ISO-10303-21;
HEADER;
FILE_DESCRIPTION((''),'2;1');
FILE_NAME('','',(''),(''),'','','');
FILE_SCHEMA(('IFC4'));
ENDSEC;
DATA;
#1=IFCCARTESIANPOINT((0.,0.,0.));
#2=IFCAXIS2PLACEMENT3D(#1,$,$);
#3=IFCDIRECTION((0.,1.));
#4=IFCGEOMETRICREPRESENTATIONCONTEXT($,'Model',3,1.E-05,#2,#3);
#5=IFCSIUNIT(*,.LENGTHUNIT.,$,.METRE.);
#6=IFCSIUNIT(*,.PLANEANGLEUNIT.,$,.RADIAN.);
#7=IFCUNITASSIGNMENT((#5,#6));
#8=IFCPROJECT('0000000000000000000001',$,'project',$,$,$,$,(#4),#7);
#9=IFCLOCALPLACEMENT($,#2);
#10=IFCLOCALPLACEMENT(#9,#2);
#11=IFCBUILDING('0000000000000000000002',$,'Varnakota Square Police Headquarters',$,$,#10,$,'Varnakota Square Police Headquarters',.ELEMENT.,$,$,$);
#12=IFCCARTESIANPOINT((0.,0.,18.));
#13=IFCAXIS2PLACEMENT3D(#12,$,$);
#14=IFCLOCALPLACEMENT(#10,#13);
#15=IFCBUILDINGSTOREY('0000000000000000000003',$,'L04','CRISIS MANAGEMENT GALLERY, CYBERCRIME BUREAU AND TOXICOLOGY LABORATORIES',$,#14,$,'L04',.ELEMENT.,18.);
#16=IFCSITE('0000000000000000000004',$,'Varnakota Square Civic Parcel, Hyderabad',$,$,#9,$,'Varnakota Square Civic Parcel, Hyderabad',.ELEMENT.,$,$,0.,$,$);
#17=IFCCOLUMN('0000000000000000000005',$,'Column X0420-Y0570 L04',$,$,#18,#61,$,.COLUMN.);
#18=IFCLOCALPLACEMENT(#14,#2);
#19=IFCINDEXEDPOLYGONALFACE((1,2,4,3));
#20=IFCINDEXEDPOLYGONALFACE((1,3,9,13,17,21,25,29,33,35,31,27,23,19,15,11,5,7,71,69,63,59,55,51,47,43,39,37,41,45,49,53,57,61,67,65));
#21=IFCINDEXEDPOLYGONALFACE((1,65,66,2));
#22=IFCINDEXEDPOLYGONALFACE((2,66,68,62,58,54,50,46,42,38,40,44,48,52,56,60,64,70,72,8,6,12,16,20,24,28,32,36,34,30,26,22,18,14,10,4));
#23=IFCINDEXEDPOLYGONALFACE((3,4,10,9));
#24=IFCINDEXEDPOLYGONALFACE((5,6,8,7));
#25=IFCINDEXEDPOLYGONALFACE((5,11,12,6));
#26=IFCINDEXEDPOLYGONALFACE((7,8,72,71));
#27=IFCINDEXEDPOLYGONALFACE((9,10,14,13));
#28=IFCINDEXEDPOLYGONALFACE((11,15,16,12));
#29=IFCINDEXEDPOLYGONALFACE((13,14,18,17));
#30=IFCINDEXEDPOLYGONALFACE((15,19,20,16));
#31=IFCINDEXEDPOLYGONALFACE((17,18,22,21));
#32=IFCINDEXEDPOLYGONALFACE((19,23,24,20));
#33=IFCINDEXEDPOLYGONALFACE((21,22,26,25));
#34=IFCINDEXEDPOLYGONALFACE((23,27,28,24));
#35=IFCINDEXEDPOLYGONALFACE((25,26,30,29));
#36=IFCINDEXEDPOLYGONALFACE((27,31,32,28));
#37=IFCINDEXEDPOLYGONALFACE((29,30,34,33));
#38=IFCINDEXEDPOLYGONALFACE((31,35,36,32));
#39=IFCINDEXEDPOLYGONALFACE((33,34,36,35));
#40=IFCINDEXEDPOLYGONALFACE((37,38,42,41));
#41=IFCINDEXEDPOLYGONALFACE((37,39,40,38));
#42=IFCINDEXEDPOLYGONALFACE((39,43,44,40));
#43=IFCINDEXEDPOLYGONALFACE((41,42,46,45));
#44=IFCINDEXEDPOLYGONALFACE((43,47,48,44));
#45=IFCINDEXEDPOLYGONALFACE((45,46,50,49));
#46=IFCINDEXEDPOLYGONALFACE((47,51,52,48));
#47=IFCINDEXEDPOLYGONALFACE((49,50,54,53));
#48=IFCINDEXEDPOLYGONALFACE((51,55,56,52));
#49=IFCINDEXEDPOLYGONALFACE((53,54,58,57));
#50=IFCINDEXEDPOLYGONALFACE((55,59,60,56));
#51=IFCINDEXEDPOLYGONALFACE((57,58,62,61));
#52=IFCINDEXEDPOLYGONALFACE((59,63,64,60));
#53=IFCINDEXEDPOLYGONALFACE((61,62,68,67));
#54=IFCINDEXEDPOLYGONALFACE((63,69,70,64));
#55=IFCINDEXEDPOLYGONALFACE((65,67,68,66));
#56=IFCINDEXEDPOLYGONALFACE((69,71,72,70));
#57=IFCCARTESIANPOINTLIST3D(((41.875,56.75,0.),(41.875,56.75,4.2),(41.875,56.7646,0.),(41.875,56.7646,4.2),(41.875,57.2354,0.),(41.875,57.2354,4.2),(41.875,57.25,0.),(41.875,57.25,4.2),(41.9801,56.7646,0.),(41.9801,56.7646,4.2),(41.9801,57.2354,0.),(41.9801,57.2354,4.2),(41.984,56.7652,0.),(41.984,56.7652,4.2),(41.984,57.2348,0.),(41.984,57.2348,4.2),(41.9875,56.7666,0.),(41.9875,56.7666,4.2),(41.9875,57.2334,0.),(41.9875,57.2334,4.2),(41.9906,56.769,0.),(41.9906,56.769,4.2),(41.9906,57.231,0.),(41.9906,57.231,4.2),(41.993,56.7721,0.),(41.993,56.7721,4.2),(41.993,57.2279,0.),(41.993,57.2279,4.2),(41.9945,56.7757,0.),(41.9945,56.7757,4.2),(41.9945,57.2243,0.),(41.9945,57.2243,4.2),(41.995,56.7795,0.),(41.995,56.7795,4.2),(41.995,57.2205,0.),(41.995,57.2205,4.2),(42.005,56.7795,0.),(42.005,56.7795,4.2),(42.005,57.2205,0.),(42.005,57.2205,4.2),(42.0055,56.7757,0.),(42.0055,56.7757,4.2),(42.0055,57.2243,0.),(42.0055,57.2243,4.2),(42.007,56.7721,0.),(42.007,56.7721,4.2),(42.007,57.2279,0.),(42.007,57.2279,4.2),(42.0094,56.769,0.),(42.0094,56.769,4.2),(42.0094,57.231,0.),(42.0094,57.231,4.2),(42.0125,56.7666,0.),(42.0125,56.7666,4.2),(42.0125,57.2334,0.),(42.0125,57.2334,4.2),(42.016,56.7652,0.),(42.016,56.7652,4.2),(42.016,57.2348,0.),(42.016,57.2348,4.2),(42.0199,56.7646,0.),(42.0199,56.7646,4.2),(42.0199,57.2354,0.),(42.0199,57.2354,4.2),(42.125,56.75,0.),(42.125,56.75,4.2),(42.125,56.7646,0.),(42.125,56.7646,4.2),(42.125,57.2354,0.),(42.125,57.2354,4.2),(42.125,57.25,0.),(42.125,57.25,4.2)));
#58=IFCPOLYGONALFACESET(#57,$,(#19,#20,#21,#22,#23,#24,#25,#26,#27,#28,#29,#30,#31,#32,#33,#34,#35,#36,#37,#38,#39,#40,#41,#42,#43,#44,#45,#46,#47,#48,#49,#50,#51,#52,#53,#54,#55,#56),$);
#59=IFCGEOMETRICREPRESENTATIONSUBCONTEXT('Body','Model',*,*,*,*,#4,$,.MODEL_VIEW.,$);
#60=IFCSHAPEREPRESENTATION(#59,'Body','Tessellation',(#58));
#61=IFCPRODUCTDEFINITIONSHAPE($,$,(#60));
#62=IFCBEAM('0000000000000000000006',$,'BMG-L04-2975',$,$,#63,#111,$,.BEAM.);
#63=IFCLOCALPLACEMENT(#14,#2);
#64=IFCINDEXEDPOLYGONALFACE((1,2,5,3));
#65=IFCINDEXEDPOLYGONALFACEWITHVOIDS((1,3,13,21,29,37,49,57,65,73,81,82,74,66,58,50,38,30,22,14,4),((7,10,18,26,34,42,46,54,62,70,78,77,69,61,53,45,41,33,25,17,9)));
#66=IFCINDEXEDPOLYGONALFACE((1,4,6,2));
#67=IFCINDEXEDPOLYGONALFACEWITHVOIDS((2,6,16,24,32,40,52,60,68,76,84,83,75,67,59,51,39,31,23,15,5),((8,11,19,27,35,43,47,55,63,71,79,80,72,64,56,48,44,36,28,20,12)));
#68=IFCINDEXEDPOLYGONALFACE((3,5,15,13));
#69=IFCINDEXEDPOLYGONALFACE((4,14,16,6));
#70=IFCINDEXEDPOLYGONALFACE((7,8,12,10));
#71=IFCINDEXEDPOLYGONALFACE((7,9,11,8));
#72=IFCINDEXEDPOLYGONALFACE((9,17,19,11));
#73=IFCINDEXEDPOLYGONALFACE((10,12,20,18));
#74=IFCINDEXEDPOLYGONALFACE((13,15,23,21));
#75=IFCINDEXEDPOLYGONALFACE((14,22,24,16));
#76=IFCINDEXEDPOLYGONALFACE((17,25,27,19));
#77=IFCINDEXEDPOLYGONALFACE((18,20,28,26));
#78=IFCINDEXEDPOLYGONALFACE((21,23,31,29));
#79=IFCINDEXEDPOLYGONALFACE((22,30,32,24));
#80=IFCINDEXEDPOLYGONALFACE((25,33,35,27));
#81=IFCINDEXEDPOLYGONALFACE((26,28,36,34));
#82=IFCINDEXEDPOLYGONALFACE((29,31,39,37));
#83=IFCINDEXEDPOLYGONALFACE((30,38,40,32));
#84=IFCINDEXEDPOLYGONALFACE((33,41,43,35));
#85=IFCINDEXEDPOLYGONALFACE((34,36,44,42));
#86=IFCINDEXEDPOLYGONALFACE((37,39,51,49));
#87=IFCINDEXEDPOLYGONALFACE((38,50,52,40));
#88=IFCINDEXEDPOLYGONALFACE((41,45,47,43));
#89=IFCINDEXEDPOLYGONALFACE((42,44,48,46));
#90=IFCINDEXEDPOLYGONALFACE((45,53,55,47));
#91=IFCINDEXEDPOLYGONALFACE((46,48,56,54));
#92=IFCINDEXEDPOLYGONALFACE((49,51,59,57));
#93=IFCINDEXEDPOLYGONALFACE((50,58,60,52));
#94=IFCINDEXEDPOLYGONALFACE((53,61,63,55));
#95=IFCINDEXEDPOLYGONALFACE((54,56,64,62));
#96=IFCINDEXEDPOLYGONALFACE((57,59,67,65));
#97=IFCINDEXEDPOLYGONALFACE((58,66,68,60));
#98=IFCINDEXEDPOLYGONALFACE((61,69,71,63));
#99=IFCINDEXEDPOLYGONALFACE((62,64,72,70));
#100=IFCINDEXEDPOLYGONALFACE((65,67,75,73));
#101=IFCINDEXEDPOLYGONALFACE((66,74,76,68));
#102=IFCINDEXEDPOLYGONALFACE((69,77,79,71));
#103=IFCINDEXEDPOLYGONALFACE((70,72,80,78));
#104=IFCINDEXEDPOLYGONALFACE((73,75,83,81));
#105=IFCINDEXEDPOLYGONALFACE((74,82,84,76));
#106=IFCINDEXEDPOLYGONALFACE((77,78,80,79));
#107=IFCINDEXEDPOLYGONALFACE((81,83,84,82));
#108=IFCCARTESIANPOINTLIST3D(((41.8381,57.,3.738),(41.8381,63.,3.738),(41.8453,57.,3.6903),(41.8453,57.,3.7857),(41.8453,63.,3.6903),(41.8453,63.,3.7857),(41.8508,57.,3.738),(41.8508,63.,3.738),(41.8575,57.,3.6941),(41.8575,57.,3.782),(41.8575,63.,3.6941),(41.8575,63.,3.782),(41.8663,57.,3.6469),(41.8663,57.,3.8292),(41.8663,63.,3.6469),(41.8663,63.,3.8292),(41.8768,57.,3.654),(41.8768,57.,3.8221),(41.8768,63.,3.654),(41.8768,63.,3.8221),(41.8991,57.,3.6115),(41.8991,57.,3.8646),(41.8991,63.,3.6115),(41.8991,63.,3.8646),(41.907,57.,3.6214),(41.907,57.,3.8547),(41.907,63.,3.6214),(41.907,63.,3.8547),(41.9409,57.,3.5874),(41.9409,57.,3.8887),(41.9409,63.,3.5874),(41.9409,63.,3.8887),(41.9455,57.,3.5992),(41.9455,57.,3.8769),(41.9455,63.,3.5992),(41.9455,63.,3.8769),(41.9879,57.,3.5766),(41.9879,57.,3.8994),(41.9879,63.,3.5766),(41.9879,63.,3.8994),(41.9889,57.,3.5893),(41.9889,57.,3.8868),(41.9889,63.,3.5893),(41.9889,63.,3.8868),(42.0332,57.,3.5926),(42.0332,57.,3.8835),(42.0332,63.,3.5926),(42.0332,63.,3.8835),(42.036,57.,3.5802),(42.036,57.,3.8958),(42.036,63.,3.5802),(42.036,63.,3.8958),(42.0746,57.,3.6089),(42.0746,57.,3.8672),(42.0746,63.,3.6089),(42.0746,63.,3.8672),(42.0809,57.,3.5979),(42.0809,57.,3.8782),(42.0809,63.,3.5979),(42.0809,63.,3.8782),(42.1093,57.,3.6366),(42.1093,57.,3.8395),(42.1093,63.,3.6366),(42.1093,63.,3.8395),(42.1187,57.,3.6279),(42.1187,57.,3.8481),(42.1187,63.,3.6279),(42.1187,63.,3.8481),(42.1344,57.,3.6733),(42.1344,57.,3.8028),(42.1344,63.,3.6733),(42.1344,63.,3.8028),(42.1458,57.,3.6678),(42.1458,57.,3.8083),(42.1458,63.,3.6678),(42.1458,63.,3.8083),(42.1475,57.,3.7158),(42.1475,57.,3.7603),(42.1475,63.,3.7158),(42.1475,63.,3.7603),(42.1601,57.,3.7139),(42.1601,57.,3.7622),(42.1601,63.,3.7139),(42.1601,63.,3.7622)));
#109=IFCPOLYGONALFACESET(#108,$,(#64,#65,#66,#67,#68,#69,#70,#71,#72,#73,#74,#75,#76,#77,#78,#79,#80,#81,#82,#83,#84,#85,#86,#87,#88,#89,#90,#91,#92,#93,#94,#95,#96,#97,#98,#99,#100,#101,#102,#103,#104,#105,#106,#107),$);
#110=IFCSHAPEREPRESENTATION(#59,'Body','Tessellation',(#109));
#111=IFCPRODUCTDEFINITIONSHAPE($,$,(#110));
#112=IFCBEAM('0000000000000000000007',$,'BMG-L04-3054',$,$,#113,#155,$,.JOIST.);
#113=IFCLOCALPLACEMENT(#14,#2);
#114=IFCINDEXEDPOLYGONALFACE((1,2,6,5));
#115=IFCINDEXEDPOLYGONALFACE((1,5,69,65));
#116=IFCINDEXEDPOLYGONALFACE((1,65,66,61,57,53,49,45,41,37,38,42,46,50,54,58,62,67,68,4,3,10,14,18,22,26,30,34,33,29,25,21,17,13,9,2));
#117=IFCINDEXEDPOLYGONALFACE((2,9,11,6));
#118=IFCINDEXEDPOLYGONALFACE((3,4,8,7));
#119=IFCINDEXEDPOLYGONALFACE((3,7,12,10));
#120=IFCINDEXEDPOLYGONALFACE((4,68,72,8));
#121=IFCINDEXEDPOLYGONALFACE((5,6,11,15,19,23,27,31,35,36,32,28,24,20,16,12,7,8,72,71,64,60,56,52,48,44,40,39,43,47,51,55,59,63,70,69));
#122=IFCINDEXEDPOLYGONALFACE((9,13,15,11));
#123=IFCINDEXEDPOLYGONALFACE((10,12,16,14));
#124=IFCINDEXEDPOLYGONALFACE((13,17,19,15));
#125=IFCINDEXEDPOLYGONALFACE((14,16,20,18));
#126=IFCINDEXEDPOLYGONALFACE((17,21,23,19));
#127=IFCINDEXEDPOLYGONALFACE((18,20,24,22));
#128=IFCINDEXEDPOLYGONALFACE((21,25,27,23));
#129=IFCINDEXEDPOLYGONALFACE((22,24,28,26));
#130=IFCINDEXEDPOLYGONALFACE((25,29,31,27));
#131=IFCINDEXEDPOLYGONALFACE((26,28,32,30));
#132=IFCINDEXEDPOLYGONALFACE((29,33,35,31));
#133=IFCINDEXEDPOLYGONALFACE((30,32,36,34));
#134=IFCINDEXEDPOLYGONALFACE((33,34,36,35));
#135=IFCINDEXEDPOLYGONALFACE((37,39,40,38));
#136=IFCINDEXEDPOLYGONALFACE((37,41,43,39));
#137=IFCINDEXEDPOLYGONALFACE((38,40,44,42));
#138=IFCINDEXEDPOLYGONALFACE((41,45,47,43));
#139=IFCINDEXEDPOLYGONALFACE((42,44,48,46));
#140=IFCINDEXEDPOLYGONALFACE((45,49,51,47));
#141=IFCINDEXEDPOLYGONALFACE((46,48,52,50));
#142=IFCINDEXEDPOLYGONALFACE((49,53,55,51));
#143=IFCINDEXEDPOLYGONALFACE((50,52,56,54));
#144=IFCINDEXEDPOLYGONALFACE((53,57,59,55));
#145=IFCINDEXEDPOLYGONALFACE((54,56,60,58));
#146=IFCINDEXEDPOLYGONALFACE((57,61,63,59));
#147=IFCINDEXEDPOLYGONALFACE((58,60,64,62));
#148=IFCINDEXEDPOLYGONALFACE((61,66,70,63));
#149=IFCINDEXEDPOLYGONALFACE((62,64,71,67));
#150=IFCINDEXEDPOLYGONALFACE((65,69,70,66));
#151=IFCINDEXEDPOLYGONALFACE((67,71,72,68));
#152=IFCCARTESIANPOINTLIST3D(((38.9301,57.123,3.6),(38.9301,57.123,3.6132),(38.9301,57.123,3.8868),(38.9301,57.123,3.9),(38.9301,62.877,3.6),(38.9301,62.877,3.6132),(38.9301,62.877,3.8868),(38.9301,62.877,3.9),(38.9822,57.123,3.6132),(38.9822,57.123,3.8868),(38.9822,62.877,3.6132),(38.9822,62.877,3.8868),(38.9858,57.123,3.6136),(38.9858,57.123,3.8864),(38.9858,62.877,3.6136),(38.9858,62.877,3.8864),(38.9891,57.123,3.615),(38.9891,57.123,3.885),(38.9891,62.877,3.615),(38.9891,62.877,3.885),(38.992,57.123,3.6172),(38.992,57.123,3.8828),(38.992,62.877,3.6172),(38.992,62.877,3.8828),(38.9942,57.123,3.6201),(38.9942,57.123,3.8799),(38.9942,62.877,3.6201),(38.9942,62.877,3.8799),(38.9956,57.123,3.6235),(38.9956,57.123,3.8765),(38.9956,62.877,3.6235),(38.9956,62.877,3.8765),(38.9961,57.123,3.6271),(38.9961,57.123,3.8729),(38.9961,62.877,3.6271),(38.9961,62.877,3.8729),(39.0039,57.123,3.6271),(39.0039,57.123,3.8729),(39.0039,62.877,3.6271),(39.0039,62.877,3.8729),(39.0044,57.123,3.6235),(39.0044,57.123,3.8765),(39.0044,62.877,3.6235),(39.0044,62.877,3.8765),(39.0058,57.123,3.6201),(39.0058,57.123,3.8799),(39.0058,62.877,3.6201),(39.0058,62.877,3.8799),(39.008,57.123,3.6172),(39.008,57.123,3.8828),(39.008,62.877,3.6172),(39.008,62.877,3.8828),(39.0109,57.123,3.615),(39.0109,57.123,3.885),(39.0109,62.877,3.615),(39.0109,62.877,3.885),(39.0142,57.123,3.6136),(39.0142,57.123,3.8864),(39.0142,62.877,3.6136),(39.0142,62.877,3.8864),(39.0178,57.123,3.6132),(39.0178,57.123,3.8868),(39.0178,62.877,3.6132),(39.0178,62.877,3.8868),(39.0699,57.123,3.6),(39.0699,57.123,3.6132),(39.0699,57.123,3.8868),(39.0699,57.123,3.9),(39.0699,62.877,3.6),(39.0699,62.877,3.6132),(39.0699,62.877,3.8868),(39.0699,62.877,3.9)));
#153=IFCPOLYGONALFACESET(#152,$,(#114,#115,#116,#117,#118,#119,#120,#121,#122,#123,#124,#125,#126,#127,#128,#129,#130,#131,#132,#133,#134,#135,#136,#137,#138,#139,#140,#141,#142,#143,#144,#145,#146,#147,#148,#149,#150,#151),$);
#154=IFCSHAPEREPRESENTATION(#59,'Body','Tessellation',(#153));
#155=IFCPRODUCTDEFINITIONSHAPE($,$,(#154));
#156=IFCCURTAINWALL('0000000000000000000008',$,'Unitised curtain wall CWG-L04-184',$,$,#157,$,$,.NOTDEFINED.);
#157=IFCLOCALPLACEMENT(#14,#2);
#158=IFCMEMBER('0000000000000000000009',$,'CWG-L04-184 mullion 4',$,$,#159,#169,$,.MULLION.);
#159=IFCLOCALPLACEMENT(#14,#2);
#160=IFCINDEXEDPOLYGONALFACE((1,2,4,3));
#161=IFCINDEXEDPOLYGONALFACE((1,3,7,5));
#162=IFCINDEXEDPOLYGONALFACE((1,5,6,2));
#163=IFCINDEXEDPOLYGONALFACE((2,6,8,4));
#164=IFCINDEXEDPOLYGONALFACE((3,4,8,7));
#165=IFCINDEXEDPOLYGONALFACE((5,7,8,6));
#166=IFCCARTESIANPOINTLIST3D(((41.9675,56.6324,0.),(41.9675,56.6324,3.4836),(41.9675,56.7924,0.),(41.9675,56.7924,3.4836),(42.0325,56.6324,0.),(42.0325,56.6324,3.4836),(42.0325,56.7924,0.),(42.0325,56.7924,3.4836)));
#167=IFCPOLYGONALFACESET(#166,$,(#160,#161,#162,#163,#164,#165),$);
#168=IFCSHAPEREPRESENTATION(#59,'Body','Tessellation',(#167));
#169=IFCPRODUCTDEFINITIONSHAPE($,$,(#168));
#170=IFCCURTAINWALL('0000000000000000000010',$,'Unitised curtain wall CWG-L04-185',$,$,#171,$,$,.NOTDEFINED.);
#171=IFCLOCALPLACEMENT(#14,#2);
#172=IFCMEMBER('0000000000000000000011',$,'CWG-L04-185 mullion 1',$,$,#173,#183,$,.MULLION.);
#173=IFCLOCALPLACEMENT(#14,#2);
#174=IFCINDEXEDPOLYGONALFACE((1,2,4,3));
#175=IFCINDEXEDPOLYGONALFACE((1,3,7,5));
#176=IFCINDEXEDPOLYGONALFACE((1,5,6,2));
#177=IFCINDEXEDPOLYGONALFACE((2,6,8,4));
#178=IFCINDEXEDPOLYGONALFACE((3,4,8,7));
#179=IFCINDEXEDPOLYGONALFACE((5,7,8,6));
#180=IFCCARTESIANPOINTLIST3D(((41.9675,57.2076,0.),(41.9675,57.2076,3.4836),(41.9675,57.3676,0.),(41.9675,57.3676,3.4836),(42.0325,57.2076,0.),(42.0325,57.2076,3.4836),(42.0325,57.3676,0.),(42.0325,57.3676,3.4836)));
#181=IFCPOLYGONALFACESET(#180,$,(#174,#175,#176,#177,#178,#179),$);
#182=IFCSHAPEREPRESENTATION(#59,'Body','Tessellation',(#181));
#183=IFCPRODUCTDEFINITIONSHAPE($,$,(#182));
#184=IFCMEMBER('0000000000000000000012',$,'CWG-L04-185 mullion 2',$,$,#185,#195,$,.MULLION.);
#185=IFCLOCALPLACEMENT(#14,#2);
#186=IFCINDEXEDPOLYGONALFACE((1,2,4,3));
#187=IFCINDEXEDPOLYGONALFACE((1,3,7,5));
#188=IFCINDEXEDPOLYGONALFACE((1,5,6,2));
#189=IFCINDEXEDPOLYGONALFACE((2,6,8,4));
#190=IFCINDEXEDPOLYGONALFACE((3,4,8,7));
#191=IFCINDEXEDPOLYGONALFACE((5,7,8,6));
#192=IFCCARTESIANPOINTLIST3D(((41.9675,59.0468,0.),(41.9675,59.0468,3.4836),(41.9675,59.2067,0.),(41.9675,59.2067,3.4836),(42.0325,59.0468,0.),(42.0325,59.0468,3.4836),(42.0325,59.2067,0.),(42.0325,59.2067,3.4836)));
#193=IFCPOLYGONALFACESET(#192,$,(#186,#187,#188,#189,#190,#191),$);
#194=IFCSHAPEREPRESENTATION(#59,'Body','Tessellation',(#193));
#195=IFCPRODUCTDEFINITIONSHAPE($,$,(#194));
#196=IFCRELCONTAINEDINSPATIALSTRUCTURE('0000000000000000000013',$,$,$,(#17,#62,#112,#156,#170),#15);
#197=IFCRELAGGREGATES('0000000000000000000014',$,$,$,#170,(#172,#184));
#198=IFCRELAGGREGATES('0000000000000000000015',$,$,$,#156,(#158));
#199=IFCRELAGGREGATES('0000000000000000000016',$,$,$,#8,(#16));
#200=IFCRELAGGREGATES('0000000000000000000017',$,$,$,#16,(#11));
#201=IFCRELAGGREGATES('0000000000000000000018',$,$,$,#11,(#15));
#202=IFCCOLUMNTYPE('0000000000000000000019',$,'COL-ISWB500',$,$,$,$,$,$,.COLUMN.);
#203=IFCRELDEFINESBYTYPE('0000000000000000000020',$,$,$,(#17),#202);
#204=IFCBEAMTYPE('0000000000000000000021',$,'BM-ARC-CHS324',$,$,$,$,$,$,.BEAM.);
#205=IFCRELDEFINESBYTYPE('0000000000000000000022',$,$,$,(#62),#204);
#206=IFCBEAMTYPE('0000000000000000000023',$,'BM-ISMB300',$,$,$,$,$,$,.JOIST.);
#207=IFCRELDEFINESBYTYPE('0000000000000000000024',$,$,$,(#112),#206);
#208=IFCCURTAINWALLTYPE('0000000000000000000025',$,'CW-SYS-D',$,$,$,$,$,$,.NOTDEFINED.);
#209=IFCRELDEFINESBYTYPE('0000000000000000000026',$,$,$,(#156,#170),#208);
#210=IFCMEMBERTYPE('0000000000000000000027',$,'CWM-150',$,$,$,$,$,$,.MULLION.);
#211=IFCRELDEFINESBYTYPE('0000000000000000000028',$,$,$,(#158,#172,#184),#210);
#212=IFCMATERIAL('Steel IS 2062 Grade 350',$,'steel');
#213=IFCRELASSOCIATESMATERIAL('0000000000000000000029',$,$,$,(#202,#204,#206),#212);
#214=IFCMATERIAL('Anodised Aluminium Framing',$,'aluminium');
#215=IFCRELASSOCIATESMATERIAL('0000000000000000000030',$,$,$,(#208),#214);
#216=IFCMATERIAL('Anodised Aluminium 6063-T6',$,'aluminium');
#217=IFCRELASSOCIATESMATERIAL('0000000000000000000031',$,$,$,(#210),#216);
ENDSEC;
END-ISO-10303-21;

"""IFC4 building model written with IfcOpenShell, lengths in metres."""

from ifc_helpers import new_model, si_unit, direction, frame, origin, origin_2d, place, context, subcontext, project, spatial, rectangle, hollow_circle, i_section, extrude, material, material_profile, profile_set, type_object, element, aggregate, save


model = new_model("IFC4")

# Units and contexts
model_context = context("Model", 3, precision=1e-05, world=origin(), true_north=direction((0.0, 1.0)))
body_context = subcontext(model_context, "Body", "Model", "MODEL_VIEW")
ifc_project = project(units=[si_unit("LENGTHUNIT", "METRE"), si_unit("PLANEANGLEUNIT", "RADIAN")], contexts=[model_context])

# Site, building, storey
site_placement = place(None, origin())
site = spatial("IfcSite", under=ifc_project, at=site_placement, Name="Varnakota Square Civic Parcel, Hyderabad", LongName="Varnakota Square Civic Parcel, Hyderabad", CompositionType="ELEMENT", RefElevation=0.0)
building_placement = place(site_placement, origin())
building = spatial("IfcBuilding", under=site, at=building_placement, Name="Varnakota Square Police Headquarters", LongName="Varnakota Square Police Headquarters", CompositionType="ELEMENT")
storey_placement = place(building_placement, frame((0.0, 0.0, 18.0)))
storey = spatial("IfcBuildingStorey", under=building, at=storey_placement, Name="L04", Description="CRISIS MANAGEMENT GALLERY, CYBERCRIME BUREAU AND TOXICOLOGY LABORATORIES", LongName="L04", CompositionType="ELEMENT", Elevation=18.0)

# Column
ifc_material_1 = material(Name="Steel IS 2062 Grade 350", Category="steel")
ifc_material_profile_1 = material_profile(ifc_material_1, i_section(OverallWidth=0.25, OverallDepth=0.5, WebThickness=0.01, FlangeThickness=0.0146, FilletRadius=0.0149, at=origin_2d()), Name="ISWB 500")
ifc_profile_set_1 = profile_set([ifc_material_profile_1], Name="Steel IS 2062 Grade 350")
column_type = type_object("IfcColumnType", Name="COL-ISWB500", PredefinedType="COLUMN", material=ifc_profile_set_1)
column_placement = place(storey_placement, frame((42.0, 57.0, 0.0), z_axis=(0.0, 0.0, 1.0), x_axis=(1.0, 0.0, 0.0)))
element("IfcColumn", 1, at=column_placement, inside=storey, type_object=column_type, Name="Column X0420-Y0570 L04", PredefinedType="COLUMN", context=body_context, shape_type="SweptSolid", body=[
    extrude(i_section(OverallWidth=0.25, OverallDepth=0.5, WebThickness=0.01, FlangeThickness=0.0146, FilletRadius=0.0149, at=origin_2d()), origin(), (0.0, 0.0, 1.0), 4.2),
])

# Beams
ifc_material_profile_2 = material_profile(ifc_material_1, hollow_circle(Radius=0.1619, WallThickness=0.0127, at=origin_2d()), Name="CHS 323.9x12.7")
ifc_profile_set_2 = profile_set([ifc_material_profile_2], Name="Steel IS 2062 Grade 350")
beam_type_1 = type_object("IfcBeamType", Name="BM-ARC-CHS324", PredefinedType="BEAM", material=ifc_profile_set_2)
beam_1_placement = place(storey_placement, frame((42.0, 57.0, 3.738), z_axis=(0.0, 1.0, 0.0), x_axis=(-1.0, 0.0, 0.0)))
element("IfcBeam", 2, at=beam_1_placement, inside=storey, type_object=beam_type_1, Name="BMG-L04-2975", PredefinedType="BEAM", context=body_context, shape_type="SweptSolid", body=[
    extrude(hollow_circle(Radius=0.1619, WallThickness=0.0127, at=origin_2d()), origin(), (0.0, 0.0, 1.0), 6.0),
])
ifc_material_profile_3 = material_profile(ifc_material_1, i_section(OverallWidth=0.1399, OverallDepth=0.3, WebThickness=0.0078, FlangeThickness=0.0132, FilletRadius=0.0139, at=origin_2d()), Name="ISMB 300")
ifc_profile_set_3 = profile_set([ifc_material_profile_3], Name="Steel IS 2062 Grade 350")
beam_type_2 = type_object("IfcBeamType", Name="BM-ISMB300", PredefinedType="JOIST", material=ifc_profile_set_3)
beam_2_placement = place(storey_placement, frame((39.0, 57.123, 3.75), z_axis=(0.0, 1.0, 0.0), x_axis=(-1.0, 0.0, 0.0)))
element("IfcBeam", 3, at=beam_2_placement, inside=storey, type_object=beam_type_2, Name="BMG-L04-3054", PredefinedType="JOIST", context=body_context, shape_type="SweptSolid", body=[
    extrude(i_section(OverallWidth=0.1399, OverallDepth=0.3, WebThickness=0.0078, FlangeThickness=0.0132, FilletRadius=0.0139, at=origin_2d()), origin(), (0.0, 0.0, 1.0), 5.7539),
])

# Curtain wall, member
ifc_material_2 = material(Name="Anodised Aluminium Framing", Category="aluminium")
curtain_wall_type = type_object("IfcCurtainWallType", Name="CW-SYS-D", PredefinedType="NOTDEFINED", material=ifc_material_2)
curtain_wall_1_placement = place(storey_placement, origin())
curtain_wall_1 = element("IfcCurtainWall", 4, at=curtain_wall_1_placement, inside=storey, type_object=curtain_wall_type, Name="Unitised curtain wall CWG-L04-184", PredefinedType="NOTDEFINED")
ifc_material_3 = material(Name="Anodised Aluminium 6063-T6", Category="aluminium")
ifc_material_profile_4 = material_profile(ifc_material_3, rectangle(XDim=0.0649, YDim=0.1599, at=origin_2d()), Name="ALU MULLION 65x160")
ifc_profile_set_4 = profile_set([ifc_material_profile_4], Name="Anodised Aluminium 6063-T6")
member_type_1 = type_object("IfcMemberType", Name="CWM-150", PredefinedType="MULLION", material=ifc_profile_set_4)
member_1_placement = place(storey_placement, frame((42.0, 56.7124, 0.0), z_axis=(0.0, 0.0, 1.0), x_axis=(-1.0, 0.0, 0.0)))
member_1 = element("IfcMember", 5, at=member_1_placement, type_object=member_type_1, Name="CWG-L04-184 mullion 4", PredefinedType="MULLION", context=body_context, shape_type="SweptSolid", body=[
    extrude(rectangle(XDim=0.0649, YDim=0.1599, at=origin_2d()), origin(), (0.0, 0.0, 1.0), 3.4836),
])

# Curtain wall, members
curtain_wall_2_placement = place(storey_placement, origin())
curtain_wall_2 = element("IfcCurtainWall", 6, at=curtain_wall_2_placement, inside=storey, type_object=curtain_wall_type, Name="Unitised curtain wall CWG-L04-185", PredefinedType="NOTDEFINED")
member_2_placement = place(storey_placement, frame((42.0, 57.2876, 0.0), z_axis=(0.0, 0.0, 1.0), x_axis=(-1.0, 0.0, 0.0)))
member_2 = element("IfcMember", 7, at=member_2_placement, type_object=member_type_1, Name="CWG-L04-185 mullion 1", PredefinedType="MULLION", context=body_context, shape_type="SweptSolid", body=[
    extrude(rectangle(XDim=0.0649, YDim=0.1599, at=origin_2d()), origin(), (0.0, 0.0, 1.0), 3.4836),
])
member_3_placement = place(storey_placement, frame((42.0, 59.1267, 0.0), z_axis=(0.0, 0.0, 1.0), x_axis=(-1.0, 0.0, 0.0)))
member_3 = element("IfcMember", 8, at=member_3_placement, type_object=member_type_1, Name="CWG-L04-185 mullion 2", PredefinedType="MULLION", context=body_context, shape_type="SweptSolid", body=[
    extrude(rectangle(XDim=0.0649, YDim=0.1599, at=origin_2d()), origin(), (0.0, 0.0, 1.0), 3.4836),
])

aggregate(curtain_wall_2, [member_2, member_3])
aggregate(curtain_wall_1, [member_1])

save(model, "model.ifc")
